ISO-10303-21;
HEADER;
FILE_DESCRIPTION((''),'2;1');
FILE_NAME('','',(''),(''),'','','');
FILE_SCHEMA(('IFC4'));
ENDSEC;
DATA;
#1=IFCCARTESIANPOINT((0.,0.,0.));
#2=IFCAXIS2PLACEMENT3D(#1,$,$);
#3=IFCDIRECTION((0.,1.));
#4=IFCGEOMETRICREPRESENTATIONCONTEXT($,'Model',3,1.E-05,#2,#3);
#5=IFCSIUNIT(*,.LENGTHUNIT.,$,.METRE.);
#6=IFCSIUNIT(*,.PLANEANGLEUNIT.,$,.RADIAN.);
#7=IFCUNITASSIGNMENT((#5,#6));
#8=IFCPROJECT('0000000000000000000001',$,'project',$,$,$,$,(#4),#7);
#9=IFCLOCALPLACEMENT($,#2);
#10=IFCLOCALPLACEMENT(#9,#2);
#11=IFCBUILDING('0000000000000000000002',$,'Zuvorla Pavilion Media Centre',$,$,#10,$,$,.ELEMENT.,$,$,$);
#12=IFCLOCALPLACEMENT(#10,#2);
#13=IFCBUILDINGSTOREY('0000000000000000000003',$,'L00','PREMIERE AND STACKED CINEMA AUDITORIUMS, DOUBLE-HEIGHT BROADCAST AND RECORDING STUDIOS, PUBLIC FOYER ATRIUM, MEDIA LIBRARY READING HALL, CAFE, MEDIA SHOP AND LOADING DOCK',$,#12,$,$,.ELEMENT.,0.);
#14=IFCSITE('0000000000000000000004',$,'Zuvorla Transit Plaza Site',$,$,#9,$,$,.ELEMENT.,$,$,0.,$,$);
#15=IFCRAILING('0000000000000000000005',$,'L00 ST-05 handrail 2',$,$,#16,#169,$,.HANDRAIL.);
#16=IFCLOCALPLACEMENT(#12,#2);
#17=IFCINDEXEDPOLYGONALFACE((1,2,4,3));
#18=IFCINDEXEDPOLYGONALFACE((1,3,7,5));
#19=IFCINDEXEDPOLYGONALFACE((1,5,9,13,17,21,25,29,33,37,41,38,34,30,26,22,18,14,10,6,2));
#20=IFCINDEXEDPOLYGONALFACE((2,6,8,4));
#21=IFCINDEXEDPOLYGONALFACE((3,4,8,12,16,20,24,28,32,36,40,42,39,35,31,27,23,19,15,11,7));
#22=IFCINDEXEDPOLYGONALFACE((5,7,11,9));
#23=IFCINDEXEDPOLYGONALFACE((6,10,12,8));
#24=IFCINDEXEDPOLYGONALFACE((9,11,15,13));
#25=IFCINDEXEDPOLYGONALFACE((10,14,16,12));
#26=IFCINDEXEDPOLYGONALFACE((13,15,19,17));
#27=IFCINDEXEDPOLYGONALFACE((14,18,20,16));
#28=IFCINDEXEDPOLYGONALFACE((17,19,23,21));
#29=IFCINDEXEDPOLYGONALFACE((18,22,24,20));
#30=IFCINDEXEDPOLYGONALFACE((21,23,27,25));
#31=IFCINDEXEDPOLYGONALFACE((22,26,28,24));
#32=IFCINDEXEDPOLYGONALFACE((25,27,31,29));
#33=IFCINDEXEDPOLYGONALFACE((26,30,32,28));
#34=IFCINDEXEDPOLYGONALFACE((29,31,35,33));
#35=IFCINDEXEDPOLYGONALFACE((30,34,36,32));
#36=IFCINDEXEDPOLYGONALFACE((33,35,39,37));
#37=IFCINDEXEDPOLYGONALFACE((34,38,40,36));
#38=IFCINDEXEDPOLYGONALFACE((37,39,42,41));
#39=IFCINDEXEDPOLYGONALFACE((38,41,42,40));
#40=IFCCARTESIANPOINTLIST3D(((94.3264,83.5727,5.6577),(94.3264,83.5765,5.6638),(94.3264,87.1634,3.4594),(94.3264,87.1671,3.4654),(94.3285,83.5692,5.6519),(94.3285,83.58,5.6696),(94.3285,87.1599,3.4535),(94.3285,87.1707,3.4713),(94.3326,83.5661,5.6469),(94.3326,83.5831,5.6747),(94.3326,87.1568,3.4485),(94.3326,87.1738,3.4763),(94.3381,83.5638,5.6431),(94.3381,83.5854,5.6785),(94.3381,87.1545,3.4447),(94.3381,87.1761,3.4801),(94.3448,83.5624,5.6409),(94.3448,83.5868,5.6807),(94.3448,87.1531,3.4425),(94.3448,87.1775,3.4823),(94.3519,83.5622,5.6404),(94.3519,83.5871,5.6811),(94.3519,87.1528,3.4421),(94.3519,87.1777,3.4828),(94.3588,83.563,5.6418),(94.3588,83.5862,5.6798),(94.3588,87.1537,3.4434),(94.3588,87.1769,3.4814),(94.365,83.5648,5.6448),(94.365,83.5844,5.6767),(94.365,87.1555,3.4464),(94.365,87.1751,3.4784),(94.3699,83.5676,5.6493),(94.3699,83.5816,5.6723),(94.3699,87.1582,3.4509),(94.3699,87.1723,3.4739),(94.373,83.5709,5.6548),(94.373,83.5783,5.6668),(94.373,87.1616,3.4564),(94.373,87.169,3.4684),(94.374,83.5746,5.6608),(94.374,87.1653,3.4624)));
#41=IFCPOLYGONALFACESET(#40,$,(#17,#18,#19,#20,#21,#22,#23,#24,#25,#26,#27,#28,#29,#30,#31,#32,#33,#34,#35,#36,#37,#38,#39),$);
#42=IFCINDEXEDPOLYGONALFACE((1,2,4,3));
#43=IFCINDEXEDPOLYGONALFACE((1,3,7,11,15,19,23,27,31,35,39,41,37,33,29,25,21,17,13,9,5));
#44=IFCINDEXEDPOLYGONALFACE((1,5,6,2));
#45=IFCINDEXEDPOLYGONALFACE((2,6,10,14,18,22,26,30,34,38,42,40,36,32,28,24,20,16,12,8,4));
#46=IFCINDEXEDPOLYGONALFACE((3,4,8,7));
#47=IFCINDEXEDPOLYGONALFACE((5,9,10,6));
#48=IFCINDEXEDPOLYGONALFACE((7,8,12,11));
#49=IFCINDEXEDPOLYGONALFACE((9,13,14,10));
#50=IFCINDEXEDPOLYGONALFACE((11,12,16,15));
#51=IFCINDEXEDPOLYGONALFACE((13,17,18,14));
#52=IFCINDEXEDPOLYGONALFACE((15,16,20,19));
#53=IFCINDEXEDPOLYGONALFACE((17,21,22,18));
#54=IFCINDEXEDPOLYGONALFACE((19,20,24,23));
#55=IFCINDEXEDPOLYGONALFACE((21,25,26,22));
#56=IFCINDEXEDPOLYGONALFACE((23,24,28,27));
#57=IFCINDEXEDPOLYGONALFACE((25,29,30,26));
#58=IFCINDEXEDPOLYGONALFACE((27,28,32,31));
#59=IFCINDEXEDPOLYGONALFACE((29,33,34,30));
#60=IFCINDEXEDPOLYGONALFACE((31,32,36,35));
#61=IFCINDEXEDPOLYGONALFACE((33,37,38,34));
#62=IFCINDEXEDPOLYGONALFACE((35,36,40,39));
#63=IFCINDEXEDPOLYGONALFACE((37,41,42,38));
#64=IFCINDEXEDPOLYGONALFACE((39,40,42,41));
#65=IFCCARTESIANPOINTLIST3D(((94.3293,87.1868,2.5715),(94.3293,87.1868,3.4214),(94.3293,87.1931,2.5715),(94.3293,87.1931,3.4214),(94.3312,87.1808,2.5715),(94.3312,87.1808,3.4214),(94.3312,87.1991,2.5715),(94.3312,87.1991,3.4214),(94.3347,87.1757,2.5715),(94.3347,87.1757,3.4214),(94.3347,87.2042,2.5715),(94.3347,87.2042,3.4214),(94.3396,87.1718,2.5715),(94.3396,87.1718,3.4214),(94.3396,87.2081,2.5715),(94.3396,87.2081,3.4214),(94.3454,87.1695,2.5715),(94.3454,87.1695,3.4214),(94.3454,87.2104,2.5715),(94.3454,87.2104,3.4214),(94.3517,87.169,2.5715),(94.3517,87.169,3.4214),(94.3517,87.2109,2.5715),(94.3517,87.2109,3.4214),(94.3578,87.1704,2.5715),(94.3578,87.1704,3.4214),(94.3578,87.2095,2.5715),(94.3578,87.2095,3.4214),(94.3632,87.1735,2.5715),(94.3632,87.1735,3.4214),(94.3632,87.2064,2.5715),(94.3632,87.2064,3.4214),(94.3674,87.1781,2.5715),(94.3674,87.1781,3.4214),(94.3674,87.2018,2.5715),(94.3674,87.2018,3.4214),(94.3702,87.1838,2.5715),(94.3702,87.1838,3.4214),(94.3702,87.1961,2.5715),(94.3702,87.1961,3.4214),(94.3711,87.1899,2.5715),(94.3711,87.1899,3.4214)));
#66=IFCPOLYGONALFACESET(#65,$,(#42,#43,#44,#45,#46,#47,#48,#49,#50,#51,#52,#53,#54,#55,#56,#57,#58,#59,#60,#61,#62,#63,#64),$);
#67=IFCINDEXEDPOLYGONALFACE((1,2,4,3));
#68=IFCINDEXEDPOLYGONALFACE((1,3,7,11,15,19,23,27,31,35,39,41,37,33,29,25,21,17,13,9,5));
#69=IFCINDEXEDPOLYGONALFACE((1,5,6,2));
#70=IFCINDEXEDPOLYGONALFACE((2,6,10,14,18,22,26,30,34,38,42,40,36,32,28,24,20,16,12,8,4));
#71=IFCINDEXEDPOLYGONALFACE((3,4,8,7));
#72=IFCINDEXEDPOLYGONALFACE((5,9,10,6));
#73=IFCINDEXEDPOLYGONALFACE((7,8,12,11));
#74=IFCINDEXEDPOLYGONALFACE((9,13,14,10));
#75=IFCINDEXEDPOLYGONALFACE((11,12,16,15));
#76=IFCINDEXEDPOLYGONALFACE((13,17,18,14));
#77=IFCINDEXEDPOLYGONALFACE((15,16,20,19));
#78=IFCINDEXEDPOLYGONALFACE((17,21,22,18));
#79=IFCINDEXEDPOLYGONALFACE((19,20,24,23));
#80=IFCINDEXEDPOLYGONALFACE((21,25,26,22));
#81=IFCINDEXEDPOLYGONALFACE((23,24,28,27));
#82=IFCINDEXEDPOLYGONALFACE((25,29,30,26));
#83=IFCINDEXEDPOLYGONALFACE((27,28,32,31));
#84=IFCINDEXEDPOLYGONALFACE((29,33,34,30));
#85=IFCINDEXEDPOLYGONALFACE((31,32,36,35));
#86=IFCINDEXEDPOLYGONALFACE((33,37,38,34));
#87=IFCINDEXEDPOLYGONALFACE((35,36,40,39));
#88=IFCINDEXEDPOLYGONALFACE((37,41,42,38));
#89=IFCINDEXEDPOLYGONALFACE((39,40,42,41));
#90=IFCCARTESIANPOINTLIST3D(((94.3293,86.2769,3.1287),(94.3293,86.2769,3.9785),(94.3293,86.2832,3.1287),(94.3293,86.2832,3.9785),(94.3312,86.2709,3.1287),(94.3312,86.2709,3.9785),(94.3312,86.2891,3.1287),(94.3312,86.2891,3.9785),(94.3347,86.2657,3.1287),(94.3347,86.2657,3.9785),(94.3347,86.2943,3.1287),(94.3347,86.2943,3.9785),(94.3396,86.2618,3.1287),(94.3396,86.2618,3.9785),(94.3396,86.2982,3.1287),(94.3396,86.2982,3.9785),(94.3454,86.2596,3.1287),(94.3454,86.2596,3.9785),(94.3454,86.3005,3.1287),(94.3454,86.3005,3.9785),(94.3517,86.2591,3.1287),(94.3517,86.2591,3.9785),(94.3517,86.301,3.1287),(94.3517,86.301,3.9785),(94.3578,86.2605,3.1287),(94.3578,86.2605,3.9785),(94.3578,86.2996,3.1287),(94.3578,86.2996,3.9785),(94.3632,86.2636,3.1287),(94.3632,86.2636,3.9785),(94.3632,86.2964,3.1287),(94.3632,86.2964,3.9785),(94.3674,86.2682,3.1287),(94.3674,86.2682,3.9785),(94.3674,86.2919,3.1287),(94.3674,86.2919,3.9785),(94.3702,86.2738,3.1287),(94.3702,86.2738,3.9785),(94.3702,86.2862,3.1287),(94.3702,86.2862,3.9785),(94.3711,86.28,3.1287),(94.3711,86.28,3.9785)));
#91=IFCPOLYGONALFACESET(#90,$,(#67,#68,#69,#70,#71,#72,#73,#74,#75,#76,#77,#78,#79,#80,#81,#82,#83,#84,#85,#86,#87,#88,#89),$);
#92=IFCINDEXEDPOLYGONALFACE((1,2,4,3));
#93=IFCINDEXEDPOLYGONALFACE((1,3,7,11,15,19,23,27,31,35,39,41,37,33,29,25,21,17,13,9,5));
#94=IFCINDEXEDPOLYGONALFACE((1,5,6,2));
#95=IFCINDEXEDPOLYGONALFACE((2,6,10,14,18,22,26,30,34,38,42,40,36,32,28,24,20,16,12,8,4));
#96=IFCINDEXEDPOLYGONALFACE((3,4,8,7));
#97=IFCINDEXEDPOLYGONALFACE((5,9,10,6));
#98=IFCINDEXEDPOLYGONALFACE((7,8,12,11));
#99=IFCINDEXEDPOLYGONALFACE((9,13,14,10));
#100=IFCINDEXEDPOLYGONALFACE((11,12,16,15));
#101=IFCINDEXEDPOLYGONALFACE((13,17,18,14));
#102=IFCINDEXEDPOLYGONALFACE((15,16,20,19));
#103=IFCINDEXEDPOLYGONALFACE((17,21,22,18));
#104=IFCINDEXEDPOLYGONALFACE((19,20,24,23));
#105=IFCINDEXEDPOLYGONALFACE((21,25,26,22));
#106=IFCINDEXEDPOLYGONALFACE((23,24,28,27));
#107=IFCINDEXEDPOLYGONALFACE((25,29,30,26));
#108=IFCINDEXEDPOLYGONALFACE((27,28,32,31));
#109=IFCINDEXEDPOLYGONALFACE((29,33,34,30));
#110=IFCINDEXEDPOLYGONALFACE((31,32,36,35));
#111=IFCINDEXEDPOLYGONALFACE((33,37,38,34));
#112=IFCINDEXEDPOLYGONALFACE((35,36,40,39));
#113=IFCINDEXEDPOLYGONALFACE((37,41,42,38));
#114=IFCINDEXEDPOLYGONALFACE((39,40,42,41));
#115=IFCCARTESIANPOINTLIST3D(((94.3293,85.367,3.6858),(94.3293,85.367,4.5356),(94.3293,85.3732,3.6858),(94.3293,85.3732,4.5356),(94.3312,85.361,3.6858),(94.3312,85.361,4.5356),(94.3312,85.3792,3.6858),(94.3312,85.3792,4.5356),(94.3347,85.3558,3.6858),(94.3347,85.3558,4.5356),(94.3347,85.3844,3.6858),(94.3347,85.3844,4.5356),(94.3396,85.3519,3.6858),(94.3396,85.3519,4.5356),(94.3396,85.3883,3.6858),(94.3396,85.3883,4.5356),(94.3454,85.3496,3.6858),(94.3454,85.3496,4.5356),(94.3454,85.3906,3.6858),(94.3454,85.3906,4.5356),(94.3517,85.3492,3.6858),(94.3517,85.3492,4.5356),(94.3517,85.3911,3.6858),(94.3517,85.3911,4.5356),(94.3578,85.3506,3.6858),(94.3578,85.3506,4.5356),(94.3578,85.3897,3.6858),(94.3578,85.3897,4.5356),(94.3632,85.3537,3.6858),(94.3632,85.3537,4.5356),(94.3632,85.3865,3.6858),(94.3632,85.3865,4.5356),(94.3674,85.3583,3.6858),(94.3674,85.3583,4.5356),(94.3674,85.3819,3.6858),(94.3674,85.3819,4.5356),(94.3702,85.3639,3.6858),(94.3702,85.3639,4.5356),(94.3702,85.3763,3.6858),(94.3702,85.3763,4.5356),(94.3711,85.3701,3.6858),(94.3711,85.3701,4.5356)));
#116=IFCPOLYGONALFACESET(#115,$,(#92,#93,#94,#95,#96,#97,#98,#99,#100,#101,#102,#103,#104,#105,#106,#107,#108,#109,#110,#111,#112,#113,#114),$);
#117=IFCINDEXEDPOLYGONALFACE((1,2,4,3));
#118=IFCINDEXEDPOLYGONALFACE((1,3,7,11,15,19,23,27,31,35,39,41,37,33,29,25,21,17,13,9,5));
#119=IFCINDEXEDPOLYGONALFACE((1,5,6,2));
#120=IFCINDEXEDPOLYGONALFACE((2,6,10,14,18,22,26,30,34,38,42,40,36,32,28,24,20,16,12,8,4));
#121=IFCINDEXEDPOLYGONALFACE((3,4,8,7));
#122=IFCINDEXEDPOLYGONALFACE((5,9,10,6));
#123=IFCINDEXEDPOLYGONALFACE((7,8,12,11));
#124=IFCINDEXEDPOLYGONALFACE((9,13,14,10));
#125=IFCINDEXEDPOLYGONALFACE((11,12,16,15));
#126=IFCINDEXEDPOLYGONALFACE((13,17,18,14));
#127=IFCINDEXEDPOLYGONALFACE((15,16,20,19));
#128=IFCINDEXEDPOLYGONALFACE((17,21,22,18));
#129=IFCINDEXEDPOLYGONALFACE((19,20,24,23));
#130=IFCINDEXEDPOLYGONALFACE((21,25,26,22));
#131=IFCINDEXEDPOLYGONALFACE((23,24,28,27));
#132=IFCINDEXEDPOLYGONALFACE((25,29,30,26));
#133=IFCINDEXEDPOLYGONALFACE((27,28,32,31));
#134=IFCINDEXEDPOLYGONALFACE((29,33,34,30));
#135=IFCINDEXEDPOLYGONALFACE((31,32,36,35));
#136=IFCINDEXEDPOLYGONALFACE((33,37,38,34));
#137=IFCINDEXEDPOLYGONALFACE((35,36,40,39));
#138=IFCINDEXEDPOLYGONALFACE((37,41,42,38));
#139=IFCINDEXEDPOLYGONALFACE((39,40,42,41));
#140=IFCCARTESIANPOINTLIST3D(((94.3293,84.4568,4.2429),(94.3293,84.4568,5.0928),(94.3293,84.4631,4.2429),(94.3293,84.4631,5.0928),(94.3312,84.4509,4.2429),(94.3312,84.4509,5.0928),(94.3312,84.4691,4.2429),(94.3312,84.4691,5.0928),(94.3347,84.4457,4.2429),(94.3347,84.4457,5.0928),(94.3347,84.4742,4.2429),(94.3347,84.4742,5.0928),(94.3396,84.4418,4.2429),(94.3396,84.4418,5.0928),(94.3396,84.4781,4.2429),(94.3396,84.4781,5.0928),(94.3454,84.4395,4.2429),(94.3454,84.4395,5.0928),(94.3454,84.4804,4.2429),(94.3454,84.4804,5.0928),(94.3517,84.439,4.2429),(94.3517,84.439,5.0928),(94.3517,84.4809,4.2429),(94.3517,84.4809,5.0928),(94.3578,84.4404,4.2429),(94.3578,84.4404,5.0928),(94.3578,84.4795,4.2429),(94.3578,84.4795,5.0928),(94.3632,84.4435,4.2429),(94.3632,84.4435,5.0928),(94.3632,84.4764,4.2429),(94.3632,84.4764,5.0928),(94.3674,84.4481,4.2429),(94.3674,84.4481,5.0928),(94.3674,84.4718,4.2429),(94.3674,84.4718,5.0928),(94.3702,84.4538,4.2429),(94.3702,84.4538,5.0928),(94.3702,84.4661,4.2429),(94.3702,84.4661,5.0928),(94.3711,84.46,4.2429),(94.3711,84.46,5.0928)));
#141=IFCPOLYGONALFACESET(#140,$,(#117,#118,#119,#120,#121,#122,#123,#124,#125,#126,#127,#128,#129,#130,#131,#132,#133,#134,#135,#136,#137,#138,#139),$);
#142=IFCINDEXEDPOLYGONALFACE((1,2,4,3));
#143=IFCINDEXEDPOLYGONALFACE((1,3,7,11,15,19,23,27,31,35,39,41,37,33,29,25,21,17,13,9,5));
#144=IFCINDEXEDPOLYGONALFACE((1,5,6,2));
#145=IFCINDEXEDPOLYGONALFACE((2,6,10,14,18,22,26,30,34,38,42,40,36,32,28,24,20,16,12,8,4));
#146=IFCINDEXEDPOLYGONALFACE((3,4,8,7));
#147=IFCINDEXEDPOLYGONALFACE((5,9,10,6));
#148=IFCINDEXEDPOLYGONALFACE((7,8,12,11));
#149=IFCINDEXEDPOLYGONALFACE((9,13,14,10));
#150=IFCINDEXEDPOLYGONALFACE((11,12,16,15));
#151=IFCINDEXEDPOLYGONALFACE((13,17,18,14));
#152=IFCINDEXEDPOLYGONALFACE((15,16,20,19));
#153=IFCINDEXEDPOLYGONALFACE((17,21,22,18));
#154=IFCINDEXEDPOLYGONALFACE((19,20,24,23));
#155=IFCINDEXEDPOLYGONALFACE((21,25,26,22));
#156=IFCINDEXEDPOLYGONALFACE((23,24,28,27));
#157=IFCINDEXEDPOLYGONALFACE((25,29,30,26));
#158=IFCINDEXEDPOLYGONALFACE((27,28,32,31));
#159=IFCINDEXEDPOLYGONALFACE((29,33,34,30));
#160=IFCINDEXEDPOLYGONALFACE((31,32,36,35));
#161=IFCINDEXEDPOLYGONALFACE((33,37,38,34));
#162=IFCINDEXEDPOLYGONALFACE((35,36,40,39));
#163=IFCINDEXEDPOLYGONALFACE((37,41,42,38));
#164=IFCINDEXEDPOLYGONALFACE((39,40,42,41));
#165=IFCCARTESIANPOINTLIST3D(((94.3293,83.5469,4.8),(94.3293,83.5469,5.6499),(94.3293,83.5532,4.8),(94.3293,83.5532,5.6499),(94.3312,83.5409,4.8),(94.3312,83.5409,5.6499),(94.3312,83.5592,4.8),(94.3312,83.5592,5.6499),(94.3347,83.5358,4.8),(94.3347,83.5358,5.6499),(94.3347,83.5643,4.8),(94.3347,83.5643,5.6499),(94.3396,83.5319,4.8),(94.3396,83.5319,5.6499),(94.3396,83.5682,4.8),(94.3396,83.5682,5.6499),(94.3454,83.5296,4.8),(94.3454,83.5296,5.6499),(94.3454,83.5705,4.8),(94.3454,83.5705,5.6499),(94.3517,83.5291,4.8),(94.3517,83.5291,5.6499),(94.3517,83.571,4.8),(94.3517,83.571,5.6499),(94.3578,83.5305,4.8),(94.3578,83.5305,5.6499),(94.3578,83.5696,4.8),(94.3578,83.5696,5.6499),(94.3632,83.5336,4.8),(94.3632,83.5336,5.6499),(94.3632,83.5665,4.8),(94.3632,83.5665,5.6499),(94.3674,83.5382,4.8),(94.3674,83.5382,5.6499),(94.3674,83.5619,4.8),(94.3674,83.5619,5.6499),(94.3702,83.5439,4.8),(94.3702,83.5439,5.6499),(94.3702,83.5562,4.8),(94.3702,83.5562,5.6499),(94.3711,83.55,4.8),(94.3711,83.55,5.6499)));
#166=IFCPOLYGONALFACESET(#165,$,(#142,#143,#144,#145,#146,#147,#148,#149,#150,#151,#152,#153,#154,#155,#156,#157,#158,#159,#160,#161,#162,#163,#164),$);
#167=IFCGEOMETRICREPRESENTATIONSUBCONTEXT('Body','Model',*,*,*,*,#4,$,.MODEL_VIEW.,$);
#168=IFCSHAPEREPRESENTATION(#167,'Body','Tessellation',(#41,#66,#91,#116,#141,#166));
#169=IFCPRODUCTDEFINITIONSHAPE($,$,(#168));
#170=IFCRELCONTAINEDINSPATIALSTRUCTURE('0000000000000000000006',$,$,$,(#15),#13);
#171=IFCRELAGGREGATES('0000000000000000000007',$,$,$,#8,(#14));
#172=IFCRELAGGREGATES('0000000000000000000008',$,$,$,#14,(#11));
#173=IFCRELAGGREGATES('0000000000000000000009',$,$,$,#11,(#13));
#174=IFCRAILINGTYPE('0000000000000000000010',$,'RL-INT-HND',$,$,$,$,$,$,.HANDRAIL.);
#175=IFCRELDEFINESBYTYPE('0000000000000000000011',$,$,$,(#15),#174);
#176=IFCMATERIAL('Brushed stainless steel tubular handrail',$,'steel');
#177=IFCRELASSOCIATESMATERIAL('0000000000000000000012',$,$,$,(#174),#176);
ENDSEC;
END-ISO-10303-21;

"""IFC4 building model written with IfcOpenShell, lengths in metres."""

from ifc_helpers import new_model, si_unit, direction, frame, origin, origin_2d, place, context, subcontext, project, spatial, circle, extrude, material, type_object, element, save


model = new_model("IFC4")

# Units and contexts
model_context = context("Model", 3, precision=1e-05, world=origin(), true_north=direction((0.0, 1.0)))
body_context = subcontext(model_context, "Body", "Model", "MODEL_VIEW")
ifc_project = project(units=[si_unit("LENGTHUNIT", "METRE"), si_unit("PLANEANGLEUNIT", "RADIAN")], contexts=[model_context])

# Site, building, storey
site_placement = place(None, origin())
site = spatial("IfcSite", under=ifc_project, at=site_placement, Name="Zuvorla Transit Plaza Site", CompositionType="ELEMENT", RefElevation=0.0)
building_placement = place(site_placement, origin())
building = spatial("IfcBuilding", under=site, at=building_placement, Name="Zuvorla Pavilion Media Centre", CompositionType="ELEMENT")
storey_placement = place(building_placement, origin())
storey = spatial("IfcBuildingStorey", under=building, at=storey_placement, Name="L00", Description="PREMIERE AND STACKED CINEMA AUDITORIUMS, DOUBLE-HEIGHT BROADCAST AND RECORDING STUDIOS, PUBLIC FOYER ATRIUM, MEDIA LIBRARY READING HALL, CAFE, MEDIA SHOP AND LOADING DOCK", CompositionType="ELEMENT", Elevation=0.0)

# Railing
ifc_material_1 = material(Name="Brushed stainless steel tubular handrail", Category="steel")
railing_type_1 = type_object("IfcRailingType", Name="RL-INT-HND", PredefinedType="HANDRAIL", material=ifc_material_1)
railing_1_placement = place(storey_placement, frame((94.3501, 87.1899, 2.5715)))
element("IfcRailing", 1, at=railing_1_placement, inside=storey, type_object=railing_type_1, Name="L00 ST-05 handrail 2", PredefinedType="HANDRAIL", context=body_context, shape_type="SweptSolid", body=[
    extrude(circle(Radius=0.0239, at=origin_2d()), frame((0.0, -0.0247, 0.8909), z_axis=(0.0, -0.85285, 0.522156), x_axis=(1.0, 0.0, 0.0)), (0.0, 0.0, 1.0), 4.2102),
    extrude(circle(Radius=0.021, at=origin_2d()), origin(), (0.0, 0.0, 1.0), 0.8499),
    extrude(circle(Radius=0.021, at=origin_2d()), frame((0.0, -0.9099, 0.5571)), (0.0, 0.0, 1.0), 0.8499),
    extrude(circle(Radius=0.021, at=origin_2d()), frame((0.0, -1.8198, 1.1143)), (0.0, 0.0, 1.0), 0.8499),
    extrude(circle(Radius=0.021, at=origin_2d()), frame((0.0, -2.73, 1.6714)), (0.0, 0.0, 1.0), 0.8499),
    extrude(circle(Radius=0.021, at=origin_2d()), frame((0.0, -3.6399, 2.2285)), (0.0, 0.0, 1.0), 0.8499),
])

save(model, "model.ifc")
